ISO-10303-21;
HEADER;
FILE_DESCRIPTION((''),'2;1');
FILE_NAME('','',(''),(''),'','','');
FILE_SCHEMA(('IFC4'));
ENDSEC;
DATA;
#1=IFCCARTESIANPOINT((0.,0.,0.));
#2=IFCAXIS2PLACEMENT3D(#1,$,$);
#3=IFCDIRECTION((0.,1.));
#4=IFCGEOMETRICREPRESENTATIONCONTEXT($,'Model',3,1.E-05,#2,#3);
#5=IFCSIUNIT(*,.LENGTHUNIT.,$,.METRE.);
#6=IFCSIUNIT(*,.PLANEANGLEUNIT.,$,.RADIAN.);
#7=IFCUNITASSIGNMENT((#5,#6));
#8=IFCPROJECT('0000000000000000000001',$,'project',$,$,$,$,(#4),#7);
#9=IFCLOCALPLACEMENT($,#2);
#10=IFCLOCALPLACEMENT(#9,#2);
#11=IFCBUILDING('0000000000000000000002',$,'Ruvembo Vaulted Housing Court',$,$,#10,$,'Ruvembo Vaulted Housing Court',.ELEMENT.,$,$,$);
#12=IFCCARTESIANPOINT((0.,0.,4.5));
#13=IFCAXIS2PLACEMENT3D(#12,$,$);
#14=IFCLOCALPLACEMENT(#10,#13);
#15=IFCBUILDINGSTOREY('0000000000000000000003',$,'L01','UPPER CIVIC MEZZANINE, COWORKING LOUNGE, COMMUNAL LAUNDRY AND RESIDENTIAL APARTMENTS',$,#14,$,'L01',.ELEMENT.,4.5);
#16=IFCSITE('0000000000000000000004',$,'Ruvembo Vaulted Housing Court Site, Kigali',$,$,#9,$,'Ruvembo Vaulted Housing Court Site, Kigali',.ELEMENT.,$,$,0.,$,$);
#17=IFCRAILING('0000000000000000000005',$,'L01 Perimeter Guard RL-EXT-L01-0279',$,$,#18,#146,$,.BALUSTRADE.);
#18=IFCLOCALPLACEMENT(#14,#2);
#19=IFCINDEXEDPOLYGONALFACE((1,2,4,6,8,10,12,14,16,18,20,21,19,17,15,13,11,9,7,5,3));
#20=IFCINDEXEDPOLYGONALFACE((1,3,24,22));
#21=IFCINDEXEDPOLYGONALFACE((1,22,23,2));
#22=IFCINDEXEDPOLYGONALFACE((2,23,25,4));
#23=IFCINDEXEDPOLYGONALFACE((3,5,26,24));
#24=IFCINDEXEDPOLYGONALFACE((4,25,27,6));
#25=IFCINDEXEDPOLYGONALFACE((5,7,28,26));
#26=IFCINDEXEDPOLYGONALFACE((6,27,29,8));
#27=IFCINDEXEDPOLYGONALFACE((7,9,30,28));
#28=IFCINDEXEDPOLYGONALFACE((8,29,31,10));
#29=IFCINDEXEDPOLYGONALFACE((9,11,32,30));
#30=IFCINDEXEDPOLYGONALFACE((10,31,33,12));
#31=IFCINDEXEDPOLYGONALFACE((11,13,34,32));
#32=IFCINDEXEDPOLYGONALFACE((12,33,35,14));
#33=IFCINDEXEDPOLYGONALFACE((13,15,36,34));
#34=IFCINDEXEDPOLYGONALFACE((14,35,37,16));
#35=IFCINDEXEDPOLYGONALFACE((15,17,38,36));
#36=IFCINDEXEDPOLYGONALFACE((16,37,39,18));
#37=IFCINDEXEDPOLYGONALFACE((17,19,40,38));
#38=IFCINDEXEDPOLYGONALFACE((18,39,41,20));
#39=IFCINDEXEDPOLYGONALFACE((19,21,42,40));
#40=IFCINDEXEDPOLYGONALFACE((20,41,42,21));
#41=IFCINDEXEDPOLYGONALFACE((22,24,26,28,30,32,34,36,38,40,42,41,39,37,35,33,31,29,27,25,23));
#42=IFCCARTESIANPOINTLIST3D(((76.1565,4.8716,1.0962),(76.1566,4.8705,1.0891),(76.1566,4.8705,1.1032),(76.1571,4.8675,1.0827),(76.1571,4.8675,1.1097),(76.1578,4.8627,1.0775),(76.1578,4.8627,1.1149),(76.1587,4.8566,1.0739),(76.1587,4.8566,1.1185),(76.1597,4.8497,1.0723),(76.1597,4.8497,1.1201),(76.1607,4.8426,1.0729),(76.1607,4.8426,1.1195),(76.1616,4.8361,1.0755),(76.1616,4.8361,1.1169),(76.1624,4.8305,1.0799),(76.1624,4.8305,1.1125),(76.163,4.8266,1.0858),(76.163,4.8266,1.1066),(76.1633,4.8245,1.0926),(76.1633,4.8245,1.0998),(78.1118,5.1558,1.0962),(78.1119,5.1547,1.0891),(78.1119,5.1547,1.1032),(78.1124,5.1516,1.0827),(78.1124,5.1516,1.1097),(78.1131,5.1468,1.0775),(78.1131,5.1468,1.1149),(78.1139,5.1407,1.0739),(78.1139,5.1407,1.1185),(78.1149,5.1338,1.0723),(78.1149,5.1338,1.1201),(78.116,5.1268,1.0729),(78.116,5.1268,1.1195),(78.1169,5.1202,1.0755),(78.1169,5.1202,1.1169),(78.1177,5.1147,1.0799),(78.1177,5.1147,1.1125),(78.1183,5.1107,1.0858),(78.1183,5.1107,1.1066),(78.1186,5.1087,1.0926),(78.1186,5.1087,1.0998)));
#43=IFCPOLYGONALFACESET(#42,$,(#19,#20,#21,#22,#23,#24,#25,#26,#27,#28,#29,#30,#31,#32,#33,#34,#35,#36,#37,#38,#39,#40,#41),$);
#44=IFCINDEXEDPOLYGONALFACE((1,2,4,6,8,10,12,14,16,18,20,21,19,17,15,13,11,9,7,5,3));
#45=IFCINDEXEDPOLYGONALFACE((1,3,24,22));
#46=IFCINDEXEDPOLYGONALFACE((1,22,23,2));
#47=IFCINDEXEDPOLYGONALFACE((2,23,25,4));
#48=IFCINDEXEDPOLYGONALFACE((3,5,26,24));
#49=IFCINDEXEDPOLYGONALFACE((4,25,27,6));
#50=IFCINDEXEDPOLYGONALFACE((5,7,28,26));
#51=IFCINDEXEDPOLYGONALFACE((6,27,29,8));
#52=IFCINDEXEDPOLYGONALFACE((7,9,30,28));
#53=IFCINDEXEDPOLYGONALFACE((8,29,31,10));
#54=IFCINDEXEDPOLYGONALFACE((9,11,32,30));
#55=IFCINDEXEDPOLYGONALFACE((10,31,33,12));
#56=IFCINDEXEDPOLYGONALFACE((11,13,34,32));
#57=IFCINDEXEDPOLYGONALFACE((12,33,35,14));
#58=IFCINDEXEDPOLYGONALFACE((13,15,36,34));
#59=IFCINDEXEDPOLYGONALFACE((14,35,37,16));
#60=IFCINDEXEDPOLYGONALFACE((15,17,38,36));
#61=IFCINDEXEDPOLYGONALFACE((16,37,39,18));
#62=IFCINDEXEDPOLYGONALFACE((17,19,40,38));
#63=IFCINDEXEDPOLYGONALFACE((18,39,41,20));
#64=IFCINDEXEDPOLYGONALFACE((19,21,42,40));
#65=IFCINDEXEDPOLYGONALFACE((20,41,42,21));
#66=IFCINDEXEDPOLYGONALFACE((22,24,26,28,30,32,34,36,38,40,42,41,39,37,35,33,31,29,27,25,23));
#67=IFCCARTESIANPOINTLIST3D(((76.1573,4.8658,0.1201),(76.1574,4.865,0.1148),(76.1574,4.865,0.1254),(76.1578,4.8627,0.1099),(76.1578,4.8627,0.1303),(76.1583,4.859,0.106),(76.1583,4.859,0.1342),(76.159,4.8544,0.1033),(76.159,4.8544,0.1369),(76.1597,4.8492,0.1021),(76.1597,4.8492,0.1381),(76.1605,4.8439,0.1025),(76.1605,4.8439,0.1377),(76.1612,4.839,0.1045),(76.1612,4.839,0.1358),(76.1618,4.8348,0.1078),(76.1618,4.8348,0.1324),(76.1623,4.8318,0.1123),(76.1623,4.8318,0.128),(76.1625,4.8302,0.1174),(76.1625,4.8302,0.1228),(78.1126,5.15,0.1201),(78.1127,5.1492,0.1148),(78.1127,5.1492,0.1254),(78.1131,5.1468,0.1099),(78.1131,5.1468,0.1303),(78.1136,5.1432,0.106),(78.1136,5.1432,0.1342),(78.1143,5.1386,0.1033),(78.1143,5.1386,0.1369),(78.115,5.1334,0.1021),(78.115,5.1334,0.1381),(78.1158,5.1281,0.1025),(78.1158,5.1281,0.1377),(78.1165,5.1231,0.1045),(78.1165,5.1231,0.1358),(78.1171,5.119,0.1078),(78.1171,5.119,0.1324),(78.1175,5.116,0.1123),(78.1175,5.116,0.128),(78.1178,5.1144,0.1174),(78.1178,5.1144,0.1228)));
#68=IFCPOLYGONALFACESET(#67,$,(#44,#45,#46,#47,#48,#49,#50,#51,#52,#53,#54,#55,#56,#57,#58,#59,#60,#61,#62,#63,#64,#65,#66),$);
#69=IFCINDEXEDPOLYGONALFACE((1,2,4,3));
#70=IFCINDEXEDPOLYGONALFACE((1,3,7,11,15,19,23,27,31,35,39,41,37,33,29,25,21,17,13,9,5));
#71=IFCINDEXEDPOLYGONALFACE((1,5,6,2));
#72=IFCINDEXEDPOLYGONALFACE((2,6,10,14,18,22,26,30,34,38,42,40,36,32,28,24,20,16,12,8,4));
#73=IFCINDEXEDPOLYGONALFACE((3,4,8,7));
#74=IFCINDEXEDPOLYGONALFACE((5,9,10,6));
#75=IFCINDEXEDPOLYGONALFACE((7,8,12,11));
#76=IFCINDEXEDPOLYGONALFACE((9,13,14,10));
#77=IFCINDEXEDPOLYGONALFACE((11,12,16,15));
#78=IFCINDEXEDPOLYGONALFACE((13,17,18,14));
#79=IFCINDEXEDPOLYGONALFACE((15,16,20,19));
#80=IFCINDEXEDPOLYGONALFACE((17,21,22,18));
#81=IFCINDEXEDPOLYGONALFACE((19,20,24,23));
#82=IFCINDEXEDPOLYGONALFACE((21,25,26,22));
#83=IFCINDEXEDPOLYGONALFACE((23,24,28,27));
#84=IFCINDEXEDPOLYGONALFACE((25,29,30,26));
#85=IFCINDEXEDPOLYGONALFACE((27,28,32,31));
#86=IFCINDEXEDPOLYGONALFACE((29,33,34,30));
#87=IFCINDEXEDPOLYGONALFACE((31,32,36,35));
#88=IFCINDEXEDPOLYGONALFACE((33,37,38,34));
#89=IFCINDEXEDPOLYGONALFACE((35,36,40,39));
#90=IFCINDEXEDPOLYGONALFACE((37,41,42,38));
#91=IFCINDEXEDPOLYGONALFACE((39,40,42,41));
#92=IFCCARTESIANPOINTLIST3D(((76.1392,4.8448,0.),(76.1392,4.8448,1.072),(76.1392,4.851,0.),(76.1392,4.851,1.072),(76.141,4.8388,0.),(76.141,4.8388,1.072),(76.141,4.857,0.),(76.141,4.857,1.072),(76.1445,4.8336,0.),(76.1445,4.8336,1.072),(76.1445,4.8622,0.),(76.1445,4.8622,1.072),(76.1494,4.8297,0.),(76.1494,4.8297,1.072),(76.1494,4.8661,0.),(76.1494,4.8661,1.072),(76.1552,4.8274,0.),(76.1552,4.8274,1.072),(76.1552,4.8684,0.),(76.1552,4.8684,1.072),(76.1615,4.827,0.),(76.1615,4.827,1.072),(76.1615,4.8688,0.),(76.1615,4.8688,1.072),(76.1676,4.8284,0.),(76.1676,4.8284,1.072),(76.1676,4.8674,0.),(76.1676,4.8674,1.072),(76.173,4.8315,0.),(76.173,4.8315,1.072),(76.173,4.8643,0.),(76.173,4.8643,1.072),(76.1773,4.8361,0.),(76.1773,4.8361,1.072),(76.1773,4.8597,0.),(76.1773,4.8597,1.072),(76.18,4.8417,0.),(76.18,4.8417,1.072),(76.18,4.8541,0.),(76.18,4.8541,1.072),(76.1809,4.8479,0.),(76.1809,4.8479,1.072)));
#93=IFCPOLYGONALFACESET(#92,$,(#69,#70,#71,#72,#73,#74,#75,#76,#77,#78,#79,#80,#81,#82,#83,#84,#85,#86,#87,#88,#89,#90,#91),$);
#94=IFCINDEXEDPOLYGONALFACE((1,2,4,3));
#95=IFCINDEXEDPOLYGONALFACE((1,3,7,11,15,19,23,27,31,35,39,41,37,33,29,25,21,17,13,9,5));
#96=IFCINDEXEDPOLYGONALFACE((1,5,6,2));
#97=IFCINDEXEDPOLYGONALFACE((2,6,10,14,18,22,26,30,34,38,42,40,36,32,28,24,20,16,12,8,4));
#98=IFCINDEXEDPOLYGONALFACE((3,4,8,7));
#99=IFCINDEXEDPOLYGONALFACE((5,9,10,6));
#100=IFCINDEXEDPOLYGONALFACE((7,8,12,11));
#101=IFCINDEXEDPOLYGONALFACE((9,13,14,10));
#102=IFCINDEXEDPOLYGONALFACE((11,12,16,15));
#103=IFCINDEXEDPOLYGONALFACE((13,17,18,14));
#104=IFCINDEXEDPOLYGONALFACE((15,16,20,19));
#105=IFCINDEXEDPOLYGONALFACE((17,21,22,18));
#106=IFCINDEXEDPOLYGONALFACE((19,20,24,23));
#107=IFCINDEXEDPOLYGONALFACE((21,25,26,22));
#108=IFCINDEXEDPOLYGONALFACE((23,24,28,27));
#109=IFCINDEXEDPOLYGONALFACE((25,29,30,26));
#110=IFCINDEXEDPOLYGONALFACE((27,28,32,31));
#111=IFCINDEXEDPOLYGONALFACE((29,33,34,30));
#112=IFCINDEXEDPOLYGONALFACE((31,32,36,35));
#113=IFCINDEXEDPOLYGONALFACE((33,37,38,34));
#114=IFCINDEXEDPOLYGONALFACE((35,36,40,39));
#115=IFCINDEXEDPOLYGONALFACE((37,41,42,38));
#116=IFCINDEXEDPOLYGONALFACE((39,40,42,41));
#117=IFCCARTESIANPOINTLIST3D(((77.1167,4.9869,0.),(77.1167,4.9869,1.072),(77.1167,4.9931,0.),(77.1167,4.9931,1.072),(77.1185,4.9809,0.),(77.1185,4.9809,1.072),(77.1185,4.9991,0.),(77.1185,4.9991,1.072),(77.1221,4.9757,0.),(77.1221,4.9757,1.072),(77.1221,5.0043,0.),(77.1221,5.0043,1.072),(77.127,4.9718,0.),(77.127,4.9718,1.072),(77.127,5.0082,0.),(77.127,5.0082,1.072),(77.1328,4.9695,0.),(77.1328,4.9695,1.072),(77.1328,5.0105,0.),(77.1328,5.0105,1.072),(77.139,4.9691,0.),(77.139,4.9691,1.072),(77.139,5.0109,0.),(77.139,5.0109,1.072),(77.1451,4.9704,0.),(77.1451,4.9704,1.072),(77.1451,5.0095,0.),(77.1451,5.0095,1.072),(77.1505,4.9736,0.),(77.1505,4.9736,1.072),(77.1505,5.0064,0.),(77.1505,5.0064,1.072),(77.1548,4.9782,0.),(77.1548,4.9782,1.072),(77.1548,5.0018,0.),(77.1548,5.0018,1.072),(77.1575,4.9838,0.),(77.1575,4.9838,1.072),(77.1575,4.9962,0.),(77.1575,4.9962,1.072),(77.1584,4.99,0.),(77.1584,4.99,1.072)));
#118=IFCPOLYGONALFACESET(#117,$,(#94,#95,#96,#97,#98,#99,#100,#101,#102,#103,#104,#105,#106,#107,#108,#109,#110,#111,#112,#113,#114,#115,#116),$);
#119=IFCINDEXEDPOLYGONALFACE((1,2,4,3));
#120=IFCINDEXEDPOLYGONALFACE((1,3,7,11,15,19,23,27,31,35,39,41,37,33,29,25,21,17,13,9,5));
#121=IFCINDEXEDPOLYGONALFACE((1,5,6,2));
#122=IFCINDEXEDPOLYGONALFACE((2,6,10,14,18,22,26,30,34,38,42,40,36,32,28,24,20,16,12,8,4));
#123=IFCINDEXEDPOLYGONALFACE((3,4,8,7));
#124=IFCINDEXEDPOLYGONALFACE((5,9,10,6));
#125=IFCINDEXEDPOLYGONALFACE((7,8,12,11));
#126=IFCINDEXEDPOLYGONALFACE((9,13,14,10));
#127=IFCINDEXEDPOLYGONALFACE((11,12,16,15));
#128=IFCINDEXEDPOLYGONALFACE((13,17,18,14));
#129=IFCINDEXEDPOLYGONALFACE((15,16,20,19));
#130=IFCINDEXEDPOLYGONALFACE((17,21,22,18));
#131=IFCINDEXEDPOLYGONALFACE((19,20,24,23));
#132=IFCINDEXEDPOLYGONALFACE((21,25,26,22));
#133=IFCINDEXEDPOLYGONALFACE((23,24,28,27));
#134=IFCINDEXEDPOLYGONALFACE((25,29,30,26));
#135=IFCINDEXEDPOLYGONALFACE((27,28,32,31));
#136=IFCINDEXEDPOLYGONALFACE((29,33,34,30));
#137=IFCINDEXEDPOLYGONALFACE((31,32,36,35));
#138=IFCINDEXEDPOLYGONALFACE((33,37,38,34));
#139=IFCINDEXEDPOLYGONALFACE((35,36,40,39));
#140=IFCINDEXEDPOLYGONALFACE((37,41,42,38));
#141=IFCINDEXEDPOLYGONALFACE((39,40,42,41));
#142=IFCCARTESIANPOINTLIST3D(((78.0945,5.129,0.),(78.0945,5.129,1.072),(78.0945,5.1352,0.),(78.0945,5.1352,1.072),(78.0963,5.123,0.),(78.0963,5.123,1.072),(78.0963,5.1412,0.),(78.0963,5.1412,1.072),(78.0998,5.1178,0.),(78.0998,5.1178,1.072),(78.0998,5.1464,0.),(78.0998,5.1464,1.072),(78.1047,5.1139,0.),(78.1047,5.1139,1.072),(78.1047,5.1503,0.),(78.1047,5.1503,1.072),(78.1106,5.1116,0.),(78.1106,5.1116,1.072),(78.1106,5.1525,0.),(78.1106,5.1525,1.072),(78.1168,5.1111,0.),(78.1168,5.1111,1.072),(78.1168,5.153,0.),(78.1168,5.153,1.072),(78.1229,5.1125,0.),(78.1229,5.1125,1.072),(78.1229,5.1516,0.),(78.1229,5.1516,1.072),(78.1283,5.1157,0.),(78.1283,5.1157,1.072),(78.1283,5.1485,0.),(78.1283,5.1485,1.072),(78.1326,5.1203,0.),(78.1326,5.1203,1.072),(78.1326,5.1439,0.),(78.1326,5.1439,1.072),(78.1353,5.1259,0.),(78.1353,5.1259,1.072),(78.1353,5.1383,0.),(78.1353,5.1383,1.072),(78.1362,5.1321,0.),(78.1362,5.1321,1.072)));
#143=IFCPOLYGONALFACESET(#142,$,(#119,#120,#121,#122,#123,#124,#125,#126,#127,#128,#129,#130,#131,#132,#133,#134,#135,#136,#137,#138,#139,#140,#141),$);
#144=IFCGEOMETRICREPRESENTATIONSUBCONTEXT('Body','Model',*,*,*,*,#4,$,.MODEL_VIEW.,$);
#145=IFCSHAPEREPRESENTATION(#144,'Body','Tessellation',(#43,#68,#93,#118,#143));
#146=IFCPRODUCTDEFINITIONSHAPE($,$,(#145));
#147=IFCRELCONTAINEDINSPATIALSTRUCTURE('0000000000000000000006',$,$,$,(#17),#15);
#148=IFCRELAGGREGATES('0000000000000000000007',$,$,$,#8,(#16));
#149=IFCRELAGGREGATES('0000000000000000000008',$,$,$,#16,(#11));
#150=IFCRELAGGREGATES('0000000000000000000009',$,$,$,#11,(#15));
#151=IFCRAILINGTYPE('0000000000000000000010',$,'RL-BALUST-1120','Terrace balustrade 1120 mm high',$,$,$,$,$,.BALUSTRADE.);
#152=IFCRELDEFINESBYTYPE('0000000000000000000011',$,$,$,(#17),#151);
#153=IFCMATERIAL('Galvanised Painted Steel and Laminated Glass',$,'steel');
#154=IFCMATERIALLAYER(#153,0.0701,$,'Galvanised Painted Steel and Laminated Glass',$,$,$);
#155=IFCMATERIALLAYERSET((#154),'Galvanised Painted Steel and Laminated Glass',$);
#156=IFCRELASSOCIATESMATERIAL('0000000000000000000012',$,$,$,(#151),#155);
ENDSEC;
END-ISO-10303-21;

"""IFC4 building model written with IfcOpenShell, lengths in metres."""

from ifc_helpers import new_model, si_unit, direction, frame, origin, origin_2d, place, context, subcontext, project, spatial, circle, extrude, material, layer, layer_set, type_object, element, save


model = new_model("IFC4")

# Units and contexts
model_context = context("Model", 3, precision=1e-05, world=origin(), true_north=direction((0.0, 1.0)))
body_context = subcontext(model_context, "Body", "Model", "MODEL_VIEW")
ifc_project = project(units=[si_unit("LENGTHUNIT", "METRE"), si_unit("PLANEANGLEUNIT", "RADIAN")], contexts=[model_context])

# Site, building, storey
site_placement = place(None, origin())
site = spatial("IfcSite", under=ifc_project, at=site_placement, Name="Ruvembo Vaulted Housing Court Site, Kigali", LongName="Ruvembo Vaulted Housing Court Site, Kigali", CompositionType="ELEMENT", RefElevation=0.0)
building_placement = place(site_placement, origin())
building = spatial("IfcBuilding", under=site, at=building_placement, Name="Ruvembo Vaulted Housing Court", LongName="Ruvembo Vaulted Housing Court", CompositionType="ELEMENT")
storey_placement = place(building_placement, frame((0.0, 0.0, 4.5)))
storey = spatial("IfcBuildingStorey", under=building, at=storey_placement, Name="L01", Description="UPPER CIVIC MEZZANINE, COWORKING LOUNGE, COMMUNAL LAUNDRY AND RESIDENTIAL APARTMENTS", LongName="L01", CompositionType="ELEMENT", Elevation=4.5)

# Railing
ifc_material_1 = material(Name="Galvanised Painted Steel and Laminated Glass", Category="steel")
ifc_layer_1 = layer(ifc_material_1, 0.0701, Name="Galvanised Painted Steel and Laminated Glass")
ifc_layer_set_1 = layer_set([ifc_layer_1], Name="Galvanised Painted Steel and Laminated Glass")
railing_type = type_object("IfcRailingType", Name="RL-BALUST-1120", Description="Terrace balustrade 1120 mm high", PredefinedType="BALUSTRADE", material=ifc_layer_set_1)
railing_1_placement = place(storey_placement, frame((76.1599, 4.8479, 0.0)))
element("IfcRailing", 1, at=railing_1_placement, inside=storey, type_object=railing_type, Name="L01 Perimeter Guard RL-EXT-L01-0279", PredefinedType="BALUSTRADE", context=body_context, shape_type="SweptSolid", body=[
    extrude(circle(Radius=0.0239, at=origin_2d()), frame((0.0, 0.0, 1.0962), z_axis=(0.989603, 0.143825, 0.0), x_axis=(-0.143825, 0.989603, 0.0)), (0.0, 0.0, 1.0), 1.9758),
    extrude(circle(Radius=0.0181, at=origin_2d()), frame((0.0, 0.0, 0.1201), z_axis=(0.989603, 0.143825, 0.0), x_axis=(-0.143825, 0.989603, 0.0)), (0.0, 0.0, 1.0), 1.9758),
    extrude(circle(Radius=0.021, at=origin_2d()), origin(), (0.0, 0.0, 1.0), 1.072),
    extrude(circle(Radius=0.021, at=origin_2d()), frame((0.9775, 0.1421, 0.0)), (0.0, 0.0, 1.0), 1.072),
    extrude(circle(Radius=0.021, at=origin_2d()), frame((1.9553, 0.2842, 0.0)), (0.0, 0.0, 1.0), 1.072),
])

save(model, "model.ifc")
